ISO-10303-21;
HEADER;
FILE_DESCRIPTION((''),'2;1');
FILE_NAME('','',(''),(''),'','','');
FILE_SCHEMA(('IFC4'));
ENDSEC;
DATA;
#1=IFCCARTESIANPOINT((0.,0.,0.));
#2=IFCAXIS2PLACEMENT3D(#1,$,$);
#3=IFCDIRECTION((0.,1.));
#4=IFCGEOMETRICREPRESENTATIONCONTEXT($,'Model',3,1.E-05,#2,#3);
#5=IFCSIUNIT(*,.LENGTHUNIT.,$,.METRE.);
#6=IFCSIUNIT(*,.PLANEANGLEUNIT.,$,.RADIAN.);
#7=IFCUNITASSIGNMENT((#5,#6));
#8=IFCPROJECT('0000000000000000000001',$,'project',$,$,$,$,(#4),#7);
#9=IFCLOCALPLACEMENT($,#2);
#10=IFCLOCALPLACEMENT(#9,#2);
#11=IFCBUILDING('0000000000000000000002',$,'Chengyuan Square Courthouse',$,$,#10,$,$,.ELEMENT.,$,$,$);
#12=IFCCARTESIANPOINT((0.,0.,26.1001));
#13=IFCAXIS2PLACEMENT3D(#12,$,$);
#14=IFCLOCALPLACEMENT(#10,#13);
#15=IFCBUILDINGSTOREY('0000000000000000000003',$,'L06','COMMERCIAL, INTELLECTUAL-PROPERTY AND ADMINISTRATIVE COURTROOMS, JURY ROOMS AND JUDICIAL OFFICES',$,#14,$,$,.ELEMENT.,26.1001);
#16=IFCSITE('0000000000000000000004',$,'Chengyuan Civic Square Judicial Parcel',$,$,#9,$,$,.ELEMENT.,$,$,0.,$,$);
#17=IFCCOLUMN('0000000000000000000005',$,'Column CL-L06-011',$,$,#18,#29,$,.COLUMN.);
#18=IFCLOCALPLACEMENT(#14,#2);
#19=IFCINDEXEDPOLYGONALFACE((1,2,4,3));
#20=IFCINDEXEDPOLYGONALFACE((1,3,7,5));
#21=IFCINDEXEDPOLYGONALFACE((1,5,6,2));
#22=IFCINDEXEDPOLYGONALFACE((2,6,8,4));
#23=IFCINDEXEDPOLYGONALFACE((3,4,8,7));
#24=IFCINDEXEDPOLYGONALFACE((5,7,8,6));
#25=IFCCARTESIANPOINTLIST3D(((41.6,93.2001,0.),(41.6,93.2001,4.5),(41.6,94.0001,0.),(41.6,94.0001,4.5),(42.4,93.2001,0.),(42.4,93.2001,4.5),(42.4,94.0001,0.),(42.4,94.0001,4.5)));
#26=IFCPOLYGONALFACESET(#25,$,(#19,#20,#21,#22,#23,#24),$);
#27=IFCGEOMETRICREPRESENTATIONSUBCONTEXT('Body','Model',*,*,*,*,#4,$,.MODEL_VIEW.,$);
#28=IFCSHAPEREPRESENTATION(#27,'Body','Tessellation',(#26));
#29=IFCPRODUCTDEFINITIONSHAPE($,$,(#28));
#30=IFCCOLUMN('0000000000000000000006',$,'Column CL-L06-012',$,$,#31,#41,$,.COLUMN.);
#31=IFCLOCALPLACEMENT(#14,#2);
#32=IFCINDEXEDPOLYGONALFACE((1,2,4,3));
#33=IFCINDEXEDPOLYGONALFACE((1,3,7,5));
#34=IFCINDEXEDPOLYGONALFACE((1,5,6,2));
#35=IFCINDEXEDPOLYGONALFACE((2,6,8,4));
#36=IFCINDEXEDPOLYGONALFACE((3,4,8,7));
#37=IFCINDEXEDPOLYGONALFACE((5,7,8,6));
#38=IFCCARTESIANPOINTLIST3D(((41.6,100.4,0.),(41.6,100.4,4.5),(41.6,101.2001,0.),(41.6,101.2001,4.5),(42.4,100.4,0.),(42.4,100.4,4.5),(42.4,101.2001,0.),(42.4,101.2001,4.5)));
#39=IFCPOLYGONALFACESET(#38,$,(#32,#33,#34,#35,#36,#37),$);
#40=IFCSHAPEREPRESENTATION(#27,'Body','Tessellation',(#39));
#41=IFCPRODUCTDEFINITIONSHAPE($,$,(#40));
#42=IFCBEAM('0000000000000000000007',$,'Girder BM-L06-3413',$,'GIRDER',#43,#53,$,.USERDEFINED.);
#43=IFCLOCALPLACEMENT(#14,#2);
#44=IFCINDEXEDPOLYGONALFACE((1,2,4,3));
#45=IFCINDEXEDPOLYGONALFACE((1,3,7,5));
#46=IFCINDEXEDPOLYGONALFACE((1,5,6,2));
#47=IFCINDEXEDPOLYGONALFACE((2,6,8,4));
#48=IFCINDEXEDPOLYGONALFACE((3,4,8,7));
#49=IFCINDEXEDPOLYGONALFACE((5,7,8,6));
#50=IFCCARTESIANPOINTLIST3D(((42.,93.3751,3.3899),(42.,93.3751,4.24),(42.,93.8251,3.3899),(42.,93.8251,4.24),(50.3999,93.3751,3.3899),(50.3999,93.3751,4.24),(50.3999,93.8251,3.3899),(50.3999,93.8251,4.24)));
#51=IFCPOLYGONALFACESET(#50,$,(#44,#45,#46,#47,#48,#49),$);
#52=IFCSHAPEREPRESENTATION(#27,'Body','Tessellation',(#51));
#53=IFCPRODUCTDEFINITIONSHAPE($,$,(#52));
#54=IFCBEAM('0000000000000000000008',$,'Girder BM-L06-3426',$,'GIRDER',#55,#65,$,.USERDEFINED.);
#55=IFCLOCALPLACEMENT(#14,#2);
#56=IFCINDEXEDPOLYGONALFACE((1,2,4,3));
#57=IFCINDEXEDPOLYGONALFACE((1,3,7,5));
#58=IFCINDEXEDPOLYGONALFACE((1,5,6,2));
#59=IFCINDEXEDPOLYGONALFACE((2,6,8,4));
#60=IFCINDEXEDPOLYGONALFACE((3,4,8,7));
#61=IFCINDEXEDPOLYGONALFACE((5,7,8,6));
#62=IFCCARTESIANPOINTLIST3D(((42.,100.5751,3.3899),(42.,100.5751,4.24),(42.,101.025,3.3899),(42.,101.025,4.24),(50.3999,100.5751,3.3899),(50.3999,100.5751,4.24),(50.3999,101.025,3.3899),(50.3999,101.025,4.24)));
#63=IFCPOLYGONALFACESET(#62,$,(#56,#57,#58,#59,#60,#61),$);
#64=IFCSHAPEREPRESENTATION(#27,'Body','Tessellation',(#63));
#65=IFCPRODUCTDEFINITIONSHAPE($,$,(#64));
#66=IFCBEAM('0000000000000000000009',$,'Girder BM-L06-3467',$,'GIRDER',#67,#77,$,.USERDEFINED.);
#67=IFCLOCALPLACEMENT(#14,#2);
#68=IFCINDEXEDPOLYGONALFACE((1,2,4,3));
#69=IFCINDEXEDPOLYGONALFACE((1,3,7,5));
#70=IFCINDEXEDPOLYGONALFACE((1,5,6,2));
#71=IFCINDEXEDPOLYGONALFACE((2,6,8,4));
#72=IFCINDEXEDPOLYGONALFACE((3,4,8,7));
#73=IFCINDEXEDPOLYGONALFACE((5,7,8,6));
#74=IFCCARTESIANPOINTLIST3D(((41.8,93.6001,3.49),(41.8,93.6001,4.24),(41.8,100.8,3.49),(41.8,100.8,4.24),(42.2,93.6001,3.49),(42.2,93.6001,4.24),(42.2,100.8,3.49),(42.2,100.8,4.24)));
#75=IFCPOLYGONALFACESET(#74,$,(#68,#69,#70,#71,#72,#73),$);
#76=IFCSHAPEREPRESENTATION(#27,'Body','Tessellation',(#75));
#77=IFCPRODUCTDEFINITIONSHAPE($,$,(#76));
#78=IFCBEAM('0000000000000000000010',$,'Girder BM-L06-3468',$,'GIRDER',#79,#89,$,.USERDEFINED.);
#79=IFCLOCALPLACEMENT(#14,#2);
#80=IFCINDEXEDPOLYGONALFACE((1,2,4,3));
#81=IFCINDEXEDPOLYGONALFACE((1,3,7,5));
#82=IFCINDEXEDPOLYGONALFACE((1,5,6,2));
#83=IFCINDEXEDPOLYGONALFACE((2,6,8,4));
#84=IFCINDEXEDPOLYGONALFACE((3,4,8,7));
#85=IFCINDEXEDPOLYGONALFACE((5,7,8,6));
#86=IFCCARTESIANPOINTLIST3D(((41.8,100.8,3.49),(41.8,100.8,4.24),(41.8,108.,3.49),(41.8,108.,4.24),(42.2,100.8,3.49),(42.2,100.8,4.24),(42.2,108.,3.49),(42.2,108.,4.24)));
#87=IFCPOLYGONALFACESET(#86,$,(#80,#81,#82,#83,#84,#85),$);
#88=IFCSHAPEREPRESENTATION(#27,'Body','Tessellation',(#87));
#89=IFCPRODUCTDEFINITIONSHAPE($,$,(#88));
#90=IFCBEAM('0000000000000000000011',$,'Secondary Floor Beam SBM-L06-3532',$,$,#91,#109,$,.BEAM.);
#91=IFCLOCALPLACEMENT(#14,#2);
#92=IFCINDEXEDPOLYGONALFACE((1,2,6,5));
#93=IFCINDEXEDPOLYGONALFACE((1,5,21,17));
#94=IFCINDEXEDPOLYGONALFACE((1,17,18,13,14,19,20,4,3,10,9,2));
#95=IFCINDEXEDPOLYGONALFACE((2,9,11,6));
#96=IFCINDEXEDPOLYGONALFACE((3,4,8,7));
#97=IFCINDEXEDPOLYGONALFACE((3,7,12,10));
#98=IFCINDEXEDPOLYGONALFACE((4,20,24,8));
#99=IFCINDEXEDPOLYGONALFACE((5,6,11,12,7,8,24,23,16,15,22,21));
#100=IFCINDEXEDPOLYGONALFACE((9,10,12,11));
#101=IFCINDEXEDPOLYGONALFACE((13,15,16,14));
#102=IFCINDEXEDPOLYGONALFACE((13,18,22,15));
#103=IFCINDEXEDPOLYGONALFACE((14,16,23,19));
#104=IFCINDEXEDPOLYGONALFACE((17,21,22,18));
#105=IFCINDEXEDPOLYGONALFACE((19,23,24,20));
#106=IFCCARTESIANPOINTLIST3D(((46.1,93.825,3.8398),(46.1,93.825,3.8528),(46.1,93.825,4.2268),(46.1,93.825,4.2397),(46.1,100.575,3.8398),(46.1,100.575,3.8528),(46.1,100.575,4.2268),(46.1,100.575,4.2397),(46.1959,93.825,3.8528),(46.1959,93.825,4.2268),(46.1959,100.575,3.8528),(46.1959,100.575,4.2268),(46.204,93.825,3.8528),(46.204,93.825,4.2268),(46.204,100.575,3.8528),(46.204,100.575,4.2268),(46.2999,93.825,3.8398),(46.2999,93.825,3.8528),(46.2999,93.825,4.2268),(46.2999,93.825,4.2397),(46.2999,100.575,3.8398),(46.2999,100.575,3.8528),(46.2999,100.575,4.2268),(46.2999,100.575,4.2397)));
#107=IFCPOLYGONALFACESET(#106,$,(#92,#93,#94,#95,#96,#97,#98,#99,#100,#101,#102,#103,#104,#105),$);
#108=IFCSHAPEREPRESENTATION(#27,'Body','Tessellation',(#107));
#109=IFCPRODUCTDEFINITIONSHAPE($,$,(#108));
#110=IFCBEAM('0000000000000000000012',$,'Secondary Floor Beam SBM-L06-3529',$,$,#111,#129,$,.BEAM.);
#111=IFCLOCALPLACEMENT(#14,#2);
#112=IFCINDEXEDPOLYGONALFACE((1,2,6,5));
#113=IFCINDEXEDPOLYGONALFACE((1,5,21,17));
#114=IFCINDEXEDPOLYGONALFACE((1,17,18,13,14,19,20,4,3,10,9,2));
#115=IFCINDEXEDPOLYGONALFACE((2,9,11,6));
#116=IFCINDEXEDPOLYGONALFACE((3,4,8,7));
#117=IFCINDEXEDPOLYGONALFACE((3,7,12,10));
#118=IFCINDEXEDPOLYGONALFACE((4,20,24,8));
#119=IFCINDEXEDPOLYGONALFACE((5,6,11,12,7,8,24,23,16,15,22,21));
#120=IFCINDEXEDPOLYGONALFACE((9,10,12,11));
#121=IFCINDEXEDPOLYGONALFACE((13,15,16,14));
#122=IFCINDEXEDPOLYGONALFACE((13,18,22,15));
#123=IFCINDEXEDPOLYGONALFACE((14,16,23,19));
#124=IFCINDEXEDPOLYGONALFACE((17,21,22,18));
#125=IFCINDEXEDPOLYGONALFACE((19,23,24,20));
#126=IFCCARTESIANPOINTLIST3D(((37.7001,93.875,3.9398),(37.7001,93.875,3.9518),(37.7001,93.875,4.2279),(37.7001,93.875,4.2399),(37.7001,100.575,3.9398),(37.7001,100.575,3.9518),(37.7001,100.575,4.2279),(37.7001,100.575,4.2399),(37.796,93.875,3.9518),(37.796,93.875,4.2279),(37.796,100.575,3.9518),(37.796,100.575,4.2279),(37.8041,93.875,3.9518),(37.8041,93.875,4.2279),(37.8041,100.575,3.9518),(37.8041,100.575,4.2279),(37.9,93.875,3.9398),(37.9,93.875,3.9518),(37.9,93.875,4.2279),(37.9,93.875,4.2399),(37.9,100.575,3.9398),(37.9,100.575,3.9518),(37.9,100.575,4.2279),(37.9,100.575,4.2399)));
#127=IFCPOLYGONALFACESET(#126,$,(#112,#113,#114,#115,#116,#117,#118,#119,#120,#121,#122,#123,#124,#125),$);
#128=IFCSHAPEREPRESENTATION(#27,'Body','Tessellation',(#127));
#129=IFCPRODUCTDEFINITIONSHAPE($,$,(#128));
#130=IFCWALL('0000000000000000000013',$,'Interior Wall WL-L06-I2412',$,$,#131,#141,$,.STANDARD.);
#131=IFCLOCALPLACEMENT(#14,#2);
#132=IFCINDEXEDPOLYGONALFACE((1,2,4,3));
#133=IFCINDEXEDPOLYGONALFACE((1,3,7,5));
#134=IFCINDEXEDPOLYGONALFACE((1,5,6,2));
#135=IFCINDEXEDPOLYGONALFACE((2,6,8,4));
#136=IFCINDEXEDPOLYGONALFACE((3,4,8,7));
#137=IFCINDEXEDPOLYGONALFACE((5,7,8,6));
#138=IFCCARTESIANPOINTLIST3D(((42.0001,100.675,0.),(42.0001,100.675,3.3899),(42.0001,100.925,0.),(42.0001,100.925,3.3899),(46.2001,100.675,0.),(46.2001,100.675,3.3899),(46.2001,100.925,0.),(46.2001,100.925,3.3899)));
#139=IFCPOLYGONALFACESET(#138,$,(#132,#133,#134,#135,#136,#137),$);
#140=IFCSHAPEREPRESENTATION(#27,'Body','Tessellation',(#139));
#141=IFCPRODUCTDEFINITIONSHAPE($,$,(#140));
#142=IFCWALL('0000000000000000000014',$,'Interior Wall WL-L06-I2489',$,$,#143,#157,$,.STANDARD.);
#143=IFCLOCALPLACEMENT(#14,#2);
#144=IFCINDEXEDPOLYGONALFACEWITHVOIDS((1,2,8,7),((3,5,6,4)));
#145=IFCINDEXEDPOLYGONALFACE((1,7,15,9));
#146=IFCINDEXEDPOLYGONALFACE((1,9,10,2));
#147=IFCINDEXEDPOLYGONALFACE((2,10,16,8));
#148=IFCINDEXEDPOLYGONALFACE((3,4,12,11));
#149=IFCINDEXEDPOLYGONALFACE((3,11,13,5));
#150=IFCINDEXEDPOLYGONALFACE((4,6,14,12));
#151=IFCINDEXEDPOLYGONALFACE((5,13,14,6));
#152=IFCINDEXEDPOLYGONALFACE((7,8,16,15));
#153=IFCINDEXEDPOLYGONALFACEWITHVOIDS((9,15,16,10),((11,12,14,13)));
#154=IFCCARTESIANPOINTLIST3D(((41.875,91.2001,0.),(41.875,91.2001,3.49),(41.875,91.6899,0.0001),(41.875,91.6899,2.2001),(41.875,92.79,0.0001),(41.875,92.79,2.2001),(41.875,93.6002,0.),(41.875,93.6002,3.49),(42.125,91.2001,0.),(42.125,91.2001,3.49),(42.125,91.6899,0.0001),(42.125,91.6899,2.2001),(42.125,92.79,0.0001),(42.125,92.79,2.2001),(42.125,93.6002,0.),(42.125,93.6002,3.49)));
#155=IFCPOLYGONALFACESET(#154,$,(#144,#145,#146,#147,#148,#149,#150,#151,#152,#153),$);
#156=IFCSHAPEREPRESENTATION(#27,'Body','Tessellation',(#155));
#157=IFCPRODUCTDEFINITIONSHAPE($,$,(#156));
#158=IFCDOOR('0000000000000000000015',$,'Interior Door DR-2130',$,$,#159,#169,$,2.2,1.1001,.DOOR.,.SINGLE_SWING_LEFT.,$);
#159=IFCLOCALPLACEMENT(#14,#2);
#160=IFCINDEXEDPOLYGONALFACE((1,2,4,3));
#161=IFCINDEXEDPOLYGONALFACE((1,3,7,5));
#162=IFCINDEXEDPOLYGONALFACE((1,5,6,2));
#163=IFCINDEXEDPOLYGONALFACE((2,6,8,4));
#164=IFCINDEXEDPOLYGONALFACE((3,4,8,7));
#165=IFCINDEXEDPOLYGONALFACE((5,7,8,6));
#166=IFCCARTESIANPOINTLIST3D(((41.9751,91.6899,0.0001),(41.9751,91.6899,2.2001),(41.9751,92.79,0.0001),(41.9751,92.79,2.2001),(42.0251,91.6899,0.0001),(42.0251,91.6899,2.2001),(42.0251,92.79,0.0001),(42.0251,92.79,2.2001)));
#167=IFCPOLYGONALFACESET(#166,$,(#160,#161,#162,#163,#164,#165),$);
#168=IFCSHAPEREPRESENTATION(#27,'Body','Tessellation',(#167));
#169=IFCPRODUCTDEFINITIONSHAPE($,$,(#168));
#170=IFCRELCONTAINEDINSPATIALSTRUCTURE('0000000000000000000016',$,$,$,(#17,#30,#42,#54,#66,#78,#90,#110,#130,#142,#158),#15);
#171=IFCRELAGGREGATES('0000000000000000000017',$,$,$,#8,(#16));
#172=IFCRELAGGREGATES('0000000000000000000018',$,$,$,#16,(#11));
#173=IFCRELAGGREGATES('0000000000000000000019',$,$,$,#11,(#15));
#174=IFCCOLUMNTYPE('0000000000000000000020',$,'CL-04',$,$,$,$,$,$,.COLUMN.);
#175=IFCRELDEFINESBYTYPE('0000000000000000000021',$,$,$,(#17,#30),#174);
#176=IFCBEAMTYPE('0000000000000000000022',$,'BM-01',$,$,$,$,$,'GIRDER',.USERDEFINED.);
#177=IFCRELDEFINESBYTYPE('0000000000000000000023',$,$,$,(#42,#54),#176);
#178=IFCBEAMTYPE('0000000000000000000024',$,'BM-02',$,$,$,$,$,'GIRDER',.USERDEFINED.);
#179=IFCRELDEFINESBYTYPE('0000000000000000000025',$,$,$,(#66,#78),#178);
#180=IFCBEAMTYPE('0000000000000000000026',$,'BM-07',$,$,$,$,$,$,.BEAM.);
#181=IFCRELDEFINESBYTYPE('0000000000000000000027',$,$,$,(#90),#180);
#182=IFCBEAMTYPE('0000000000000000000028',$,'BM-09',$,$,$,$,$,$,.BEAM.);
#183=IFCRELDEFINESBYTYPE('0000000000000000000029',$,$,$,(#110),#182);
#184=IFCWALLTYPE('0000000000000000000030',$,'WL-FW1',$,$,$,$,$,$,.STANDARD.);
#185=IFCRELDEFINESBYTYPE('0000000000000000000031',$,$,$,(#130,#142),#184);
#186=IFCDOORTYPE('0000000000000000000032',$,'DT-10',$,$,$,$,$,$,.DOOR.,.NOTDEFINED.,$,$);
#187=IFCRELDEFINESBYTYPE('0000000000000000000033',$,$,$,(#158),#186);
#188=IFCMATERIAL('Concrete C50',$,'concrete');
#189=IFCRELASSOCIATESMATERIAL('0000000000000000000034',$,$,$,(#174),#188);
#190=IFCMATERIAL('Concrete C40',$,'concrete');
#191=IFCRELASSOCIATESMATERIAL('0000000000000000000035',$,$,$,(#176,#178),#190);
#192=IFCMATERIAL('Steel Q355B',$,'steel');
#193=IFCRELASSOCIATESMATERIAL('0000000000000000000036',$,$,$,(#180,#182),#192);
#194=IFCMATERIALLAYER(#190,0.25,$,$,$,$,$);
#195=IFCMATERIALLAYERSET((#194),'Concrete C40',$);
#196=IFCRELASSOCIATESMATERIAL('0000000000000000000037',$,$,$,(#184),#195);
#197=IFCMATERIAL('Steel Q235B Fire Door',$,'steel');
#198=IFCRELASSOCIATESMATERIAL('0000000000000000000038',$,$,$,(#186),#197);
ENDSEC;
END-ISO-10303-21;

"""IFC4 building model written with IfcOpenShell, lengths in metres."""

from ifc_helpers import new_model, si_unit, direction, frame, frame_2d, origin, origin_2d, place, context, subcontext, project, spatial, rectangle, i_section, extrude, material, layer, layer_set, material_profile, profile_set, type_object, element, fill, save


model = new_model("IFC4")

# Units and contexts
model_context = context("Model", 3, precision=1e-05, world=origin(), true_north=direction((0.0, 1.0)))
body_context = subcontext(model_context, "Body", "Model", "MODEL_VIEW")
ifc_project = project(units=[si_unit("LENGTHUNIT", "METRE"), si_unit("PLANEANGLEUNIT", "RADIAN")], contexts=[model_context])

# Site, building, storey
site_placement = place(None, origin())
site = spatial("IfcSite", under=ifc_project, at=site_placement, Name="Chengyuan Civic Square Judicial Parcel", CompositionType="ELEMENT", RefElevation=0.0)
building_placement = place(site_placement, origin())
building = spatial("IfcBuilding", under=site, at=building_placement, Name="Chengyuan Square Courthouse", CompositionType="ELEMENT")
storey_placement = place(building_placement, frame((0.0, 0.0, 26.1001)))
storey = spatial("IfcBuildingStorey", under=building, at=storey_placement, Name="L06", Description="COMMERCIAL, INTELLECTUAL-PROPERTY AND ADMINISTRATIVE COURTROOMS, JURY ROOMS AND JUDICIAL OFFICES", CompositionType="ELEMENT", Elevation=26.1001)

# Columns
ifc_material_1 = material(Name="Concrete C50", Category="concrete")
ifc_material_profile_1 = material_profile(ifc_material_1, rectangle(XDim=0.8, YDim=0.8, at=origin_2d()), Name="RC-COL-800x800")
ifc_profile_set_1 = profile_set([ifc_material_profile_1], Name="Concrete C50")
column_type = type_object("IfcColumnType", Name="CL-04", PredefinedType="COLUMN", material=ifc_profile_set_1)
for number, where, z_axis, x_axis, name in (
    (1, (42.0, 93.6001, 0.0), (0.0, 0.0, 1.0), (1.0, 0.0, 0.0), "Column CL-L06-011"),
    (2, (42.0, 100.8, 0.0), (0.0, 0.0, 1.0), (1.0, 0.0, 0.0), "Column CL-L06-012"),
):
    element("IfcColumn", number, at=place(storey_placement, frame(where, z_axis=z_axis, x_axis=x_axis)), inside=storey, type_object=column_type, Name=name, PredefinedType="COLUMN", context=body_context, shape_type="SweptSolid", body=[
        extrude(rectangle(XDim=0.8, YDim=0.8, at=origin_2d()), origin(), (0.0, 0.0, 1.0), 4.5),
    ])

# Beams
ifc_material_2 = material(Name="Concrete C40", Category="concrete")
ifc_material_profile_2 = material_profile(ifc_material_2, rectangle(XDim=0.45, YDim=0.8501, at=origin_2d()), Name="RC-BM-450x850")
ifc_profile_set_2 = profile_set([ifc_material_profile_2], Name="Concrete C40")
beam_type_1 = type_object("IfcBeamType", Name="BM-01", ElementType="GIRDER", PredefinedType="USERDEFINED", material=ifc_profile_set_2)
for number, where, z_axis, x_axis, name in (
    (3, (42.0, 93.6001, 3.8149), (1.0, 0.0, 0.0), (0.0, 1.0, 0.0), "Girder BM-L06-3413"),
    (4, (42.0, 100.8, 3.8149), (1.0, 0.0, 0.0), (0.0, 1.0, 0.0), "Girder BM-L06-3426"),
):
    element("IfcBeam", number, at=place(storey_placement, frame(where, z_axis=z_axis, x_axis=x_axis)), inside=storey, type_object=beam_type_1, Name=name, ObjectType="GIRDER", PredefinedType="USERDEFINED", context=body_context, shape_type="SweptSolid", body=[
        extrude(rectangle(XDim=0.45, YDim=0.8501, at=origin_2d()), origin(), (0.0, 0.0, 1.0), 8.3999),
    ])
ifc_material_profile_3 = material_profile(ifc_material_2, rectangle(XDim=0.3999, YDim=0.75, at=origin_2d()), Name="RC-BM-400x750")
ifc_profile_set_3 = profile_set([ifc_material_profile_3], Name="Concrete C40")
beam_type_2 = type_object("IfcBeamType", Name="BM-02", ElementType="GIRDER", PredefinedType="USERDEFINED", material=ifc_profile_set_3)
for number, where, z_axis, x_axis, name in (
    (5, (42.0, 93.6001, 3.865), (0.0, 1.0, 0.0), (-1.0, 0.0, 0.0), "Girder BM-L06-3467"),
    (6, (42.0, 100.8, 3.865), (0.0, 1.0, 0.0), (-1.0, 0.0, 0.0), "Girder BM-L06-3468"),
):
    element("IfcBeam", number, at=place(storey_placement, frame(where, z_axis=z_axis, x_axis=x_axis)), inside=storey, type_object=beam_type_2, Name=name, ObjectType="GIRDER", PredefinedType="USERDEFINED", context=body_context, shape_type="SweptSolid", body=[
        extrude(rectangle(XDim=0.3999, YDim=0.75, at=origin_2d()), origin(), (0.0, 0.0, 1.0), 7.2),
    ])
ifc_material_3 = material(Name="Steel Q355B", Category="steel")
ifc_material_profile_4 = material_profile(ifc_material_3, i_section(OverallWidth=0.2, OverallDepth=0.3999, WebThickness=0.0081, FlangeThickness=0.0129, at=origin_2d()), Name="HN 400x200x8x13")
ifc_profile_set_4 = profile_set([ifc_material_profile_4], Name="Steel Q355B")
beam_type_3 = type_object("IfcBeamType", Name="BM-07", PredefinedType="BEAM", material=ifc_profile_set_4)
beam_1_placement = place(storey_placement, frame((46.2, 93.825, 4.0398), z_axis=(0.0, 1.0, 0.0), x_axis=(-1.0, 0.0, 0.0)))
element("IfcBeam", 7, at=beam_1_placement, inside=storey, type_object=beam_type_3, Name="Secondary Floor Beam SBM-L06-3532", PredefinedType="BEAM", context=body_context, shape_type="SweptSolid", body=[
    extrude(i_section(OverallWidth=0.2, OverallDepth=0.3999, WebThickness=0.0081, FlangeThickness=0.0129, at=origin_2d()), origin(), (0.0, 0.0, 1.0), 6.75),
])
ifc_material_profile_5 = material_profile(ifc_material_3, i_section(OverallWidth=0.2, OverallDepth=0.3, WebThickness=0.0081, FlangeThickness=0.012, at=origin_2d()), Name="HM 300x200x8x12")
ifc_profile_set_5 = profile_set([ifc_material_profile_5], Name="Steel Q355B")
beam_type_4 = type_object("IfcBeamType", Name="BM-09", PredefinedType="BEAM", material=ifc_profile_set_5)
beam_2_placement = place(storey_placement, frame((37.8, 93.875, 4.0898), z_axis=(0.0, 1.0, 0.0), x_axis=(-1.0, 0.0, 0.0)))
element("IfcBeam", 8, at=beam_2_placement, inside=storey, type_object=beam_type_4, Name="Secondary Floor Beam SBM-L06-3529", PredefinedType="BEAM", context=body_context, shape_type="SweptSolid", body=[
    extrude(i_section(OverallWidth=0.2, OverallDepth=0.3, WebThickness=0.0081, FlangeThickness=0.012, at=origin_2d()), origin(), (0.0, 0.0, 1.0), 6.7),
])

# Shared definitions
ifc_layer_1 = layer(ifc_material_2, 0.25)
ifc_layer_set_1 = layer_set([ifc_layer_1], Name="Concrete C40")
wall_type_1 = type_object("IfcWallType", Name="WL-FW1", PredefinedType="STANDARD", material=ifc_layer_set_1)

# Wall
wall_1_placement = place(storey_placement, frame((42.0, 100.8, 0.0), z_axis=(0.0, 0.0, 1.0), x_axis=(1.0, 0.0, 0.0)))
element("IfcWall", 9, at=wall_1_placement, inside=storey, type_object=wall_type_1, Name="Interior Wall WL-L06-I2412", PredefinedType="STANDARD", context=body_context, shape_type="SweptSolid", body=[
    extrude(rectangle(XDim=4.2, YDim=0.25, at=frame_2d((2.1001, 0.0))), origin(), (0.0, 0.0, 1.0), 3.3899),
])

# Wall, opening, door
wall_2_placement = place(storey_placement, frame((42.0, 91.2, 0.0), z_axis=(0.0, 0.0, 1.0), x_axis=(0.0, 1.0, 0.0)))
wall_2 = element("IfcWall", 10, at=wall_2_placement, inside=storey, type_object=wall_type_1, Name="Interior Wall WL-L06-I2489", PredefinedType="STANDARD", context=body_context, shape_type="SweptSolid", body=[
    extrude(rectangle(XDim=2.4001, YDim=0.25, at=frame_2d((1.2002, 0.0))), origin(), (0.0, 0.0, 1.0), 3.49),
])
opening_1_placement = place(wall_2_placement, frame((0.49, 0.0, 0.0)))
opening_1 = element("IfcOpeningElement", 11, at=opening_1_placement, cuts=wall_2, PredefinedType="OPENING", context=body_context, shape_type="SweptSolid", body=[
    extrude(rectangle(XDim=1.1001, YDim=2.2, at=frame_2d((0.55, 1.1001))), frame((0.0, 0.137, 0.0), z_axis=(0.0, -1.0, 0.0), x_axis=(1.0, 0.0, 0.0)), (0.0, 0.0, 1.0), 0.2739),
])
ifc_material_4 = material(Name="Steel Q235B Fire Door", Category="steel")
door_type_1 = type_object("IfcDoorType", Name="DT-10", OperationType="NOTDEFINED", PredefinedType="DOOR", material=ifc_material_4)
door_1_placement = place(opening_1_placement, origin())
door_1 = element("IfcDoor", 12, at=door_1_placement, inside=storey, type_object=door_type_1, Name="Interior Door DR-2130", OperationType="SINGLE_SWING_LEFT", OverallHeight=2.2, OverallWidth=1.1001, PredefinedType="DOOR", context=body_context, shape_type="SweptSolid", body=[
    extrude(rectangle(XDim=1.1001, YDim=2.2, at=frame_2d((0.55, 1.1001))), frame((0.0, 0.0249, 0.0), z_axis=(0.0, -1.0, 0.0), x_axis=(1.0, 0.0, 0.0)), (0.0, 0.0, 1.0), 0.05),
])
fill(opening_1, door_1)

save(model, "model.ifc")
